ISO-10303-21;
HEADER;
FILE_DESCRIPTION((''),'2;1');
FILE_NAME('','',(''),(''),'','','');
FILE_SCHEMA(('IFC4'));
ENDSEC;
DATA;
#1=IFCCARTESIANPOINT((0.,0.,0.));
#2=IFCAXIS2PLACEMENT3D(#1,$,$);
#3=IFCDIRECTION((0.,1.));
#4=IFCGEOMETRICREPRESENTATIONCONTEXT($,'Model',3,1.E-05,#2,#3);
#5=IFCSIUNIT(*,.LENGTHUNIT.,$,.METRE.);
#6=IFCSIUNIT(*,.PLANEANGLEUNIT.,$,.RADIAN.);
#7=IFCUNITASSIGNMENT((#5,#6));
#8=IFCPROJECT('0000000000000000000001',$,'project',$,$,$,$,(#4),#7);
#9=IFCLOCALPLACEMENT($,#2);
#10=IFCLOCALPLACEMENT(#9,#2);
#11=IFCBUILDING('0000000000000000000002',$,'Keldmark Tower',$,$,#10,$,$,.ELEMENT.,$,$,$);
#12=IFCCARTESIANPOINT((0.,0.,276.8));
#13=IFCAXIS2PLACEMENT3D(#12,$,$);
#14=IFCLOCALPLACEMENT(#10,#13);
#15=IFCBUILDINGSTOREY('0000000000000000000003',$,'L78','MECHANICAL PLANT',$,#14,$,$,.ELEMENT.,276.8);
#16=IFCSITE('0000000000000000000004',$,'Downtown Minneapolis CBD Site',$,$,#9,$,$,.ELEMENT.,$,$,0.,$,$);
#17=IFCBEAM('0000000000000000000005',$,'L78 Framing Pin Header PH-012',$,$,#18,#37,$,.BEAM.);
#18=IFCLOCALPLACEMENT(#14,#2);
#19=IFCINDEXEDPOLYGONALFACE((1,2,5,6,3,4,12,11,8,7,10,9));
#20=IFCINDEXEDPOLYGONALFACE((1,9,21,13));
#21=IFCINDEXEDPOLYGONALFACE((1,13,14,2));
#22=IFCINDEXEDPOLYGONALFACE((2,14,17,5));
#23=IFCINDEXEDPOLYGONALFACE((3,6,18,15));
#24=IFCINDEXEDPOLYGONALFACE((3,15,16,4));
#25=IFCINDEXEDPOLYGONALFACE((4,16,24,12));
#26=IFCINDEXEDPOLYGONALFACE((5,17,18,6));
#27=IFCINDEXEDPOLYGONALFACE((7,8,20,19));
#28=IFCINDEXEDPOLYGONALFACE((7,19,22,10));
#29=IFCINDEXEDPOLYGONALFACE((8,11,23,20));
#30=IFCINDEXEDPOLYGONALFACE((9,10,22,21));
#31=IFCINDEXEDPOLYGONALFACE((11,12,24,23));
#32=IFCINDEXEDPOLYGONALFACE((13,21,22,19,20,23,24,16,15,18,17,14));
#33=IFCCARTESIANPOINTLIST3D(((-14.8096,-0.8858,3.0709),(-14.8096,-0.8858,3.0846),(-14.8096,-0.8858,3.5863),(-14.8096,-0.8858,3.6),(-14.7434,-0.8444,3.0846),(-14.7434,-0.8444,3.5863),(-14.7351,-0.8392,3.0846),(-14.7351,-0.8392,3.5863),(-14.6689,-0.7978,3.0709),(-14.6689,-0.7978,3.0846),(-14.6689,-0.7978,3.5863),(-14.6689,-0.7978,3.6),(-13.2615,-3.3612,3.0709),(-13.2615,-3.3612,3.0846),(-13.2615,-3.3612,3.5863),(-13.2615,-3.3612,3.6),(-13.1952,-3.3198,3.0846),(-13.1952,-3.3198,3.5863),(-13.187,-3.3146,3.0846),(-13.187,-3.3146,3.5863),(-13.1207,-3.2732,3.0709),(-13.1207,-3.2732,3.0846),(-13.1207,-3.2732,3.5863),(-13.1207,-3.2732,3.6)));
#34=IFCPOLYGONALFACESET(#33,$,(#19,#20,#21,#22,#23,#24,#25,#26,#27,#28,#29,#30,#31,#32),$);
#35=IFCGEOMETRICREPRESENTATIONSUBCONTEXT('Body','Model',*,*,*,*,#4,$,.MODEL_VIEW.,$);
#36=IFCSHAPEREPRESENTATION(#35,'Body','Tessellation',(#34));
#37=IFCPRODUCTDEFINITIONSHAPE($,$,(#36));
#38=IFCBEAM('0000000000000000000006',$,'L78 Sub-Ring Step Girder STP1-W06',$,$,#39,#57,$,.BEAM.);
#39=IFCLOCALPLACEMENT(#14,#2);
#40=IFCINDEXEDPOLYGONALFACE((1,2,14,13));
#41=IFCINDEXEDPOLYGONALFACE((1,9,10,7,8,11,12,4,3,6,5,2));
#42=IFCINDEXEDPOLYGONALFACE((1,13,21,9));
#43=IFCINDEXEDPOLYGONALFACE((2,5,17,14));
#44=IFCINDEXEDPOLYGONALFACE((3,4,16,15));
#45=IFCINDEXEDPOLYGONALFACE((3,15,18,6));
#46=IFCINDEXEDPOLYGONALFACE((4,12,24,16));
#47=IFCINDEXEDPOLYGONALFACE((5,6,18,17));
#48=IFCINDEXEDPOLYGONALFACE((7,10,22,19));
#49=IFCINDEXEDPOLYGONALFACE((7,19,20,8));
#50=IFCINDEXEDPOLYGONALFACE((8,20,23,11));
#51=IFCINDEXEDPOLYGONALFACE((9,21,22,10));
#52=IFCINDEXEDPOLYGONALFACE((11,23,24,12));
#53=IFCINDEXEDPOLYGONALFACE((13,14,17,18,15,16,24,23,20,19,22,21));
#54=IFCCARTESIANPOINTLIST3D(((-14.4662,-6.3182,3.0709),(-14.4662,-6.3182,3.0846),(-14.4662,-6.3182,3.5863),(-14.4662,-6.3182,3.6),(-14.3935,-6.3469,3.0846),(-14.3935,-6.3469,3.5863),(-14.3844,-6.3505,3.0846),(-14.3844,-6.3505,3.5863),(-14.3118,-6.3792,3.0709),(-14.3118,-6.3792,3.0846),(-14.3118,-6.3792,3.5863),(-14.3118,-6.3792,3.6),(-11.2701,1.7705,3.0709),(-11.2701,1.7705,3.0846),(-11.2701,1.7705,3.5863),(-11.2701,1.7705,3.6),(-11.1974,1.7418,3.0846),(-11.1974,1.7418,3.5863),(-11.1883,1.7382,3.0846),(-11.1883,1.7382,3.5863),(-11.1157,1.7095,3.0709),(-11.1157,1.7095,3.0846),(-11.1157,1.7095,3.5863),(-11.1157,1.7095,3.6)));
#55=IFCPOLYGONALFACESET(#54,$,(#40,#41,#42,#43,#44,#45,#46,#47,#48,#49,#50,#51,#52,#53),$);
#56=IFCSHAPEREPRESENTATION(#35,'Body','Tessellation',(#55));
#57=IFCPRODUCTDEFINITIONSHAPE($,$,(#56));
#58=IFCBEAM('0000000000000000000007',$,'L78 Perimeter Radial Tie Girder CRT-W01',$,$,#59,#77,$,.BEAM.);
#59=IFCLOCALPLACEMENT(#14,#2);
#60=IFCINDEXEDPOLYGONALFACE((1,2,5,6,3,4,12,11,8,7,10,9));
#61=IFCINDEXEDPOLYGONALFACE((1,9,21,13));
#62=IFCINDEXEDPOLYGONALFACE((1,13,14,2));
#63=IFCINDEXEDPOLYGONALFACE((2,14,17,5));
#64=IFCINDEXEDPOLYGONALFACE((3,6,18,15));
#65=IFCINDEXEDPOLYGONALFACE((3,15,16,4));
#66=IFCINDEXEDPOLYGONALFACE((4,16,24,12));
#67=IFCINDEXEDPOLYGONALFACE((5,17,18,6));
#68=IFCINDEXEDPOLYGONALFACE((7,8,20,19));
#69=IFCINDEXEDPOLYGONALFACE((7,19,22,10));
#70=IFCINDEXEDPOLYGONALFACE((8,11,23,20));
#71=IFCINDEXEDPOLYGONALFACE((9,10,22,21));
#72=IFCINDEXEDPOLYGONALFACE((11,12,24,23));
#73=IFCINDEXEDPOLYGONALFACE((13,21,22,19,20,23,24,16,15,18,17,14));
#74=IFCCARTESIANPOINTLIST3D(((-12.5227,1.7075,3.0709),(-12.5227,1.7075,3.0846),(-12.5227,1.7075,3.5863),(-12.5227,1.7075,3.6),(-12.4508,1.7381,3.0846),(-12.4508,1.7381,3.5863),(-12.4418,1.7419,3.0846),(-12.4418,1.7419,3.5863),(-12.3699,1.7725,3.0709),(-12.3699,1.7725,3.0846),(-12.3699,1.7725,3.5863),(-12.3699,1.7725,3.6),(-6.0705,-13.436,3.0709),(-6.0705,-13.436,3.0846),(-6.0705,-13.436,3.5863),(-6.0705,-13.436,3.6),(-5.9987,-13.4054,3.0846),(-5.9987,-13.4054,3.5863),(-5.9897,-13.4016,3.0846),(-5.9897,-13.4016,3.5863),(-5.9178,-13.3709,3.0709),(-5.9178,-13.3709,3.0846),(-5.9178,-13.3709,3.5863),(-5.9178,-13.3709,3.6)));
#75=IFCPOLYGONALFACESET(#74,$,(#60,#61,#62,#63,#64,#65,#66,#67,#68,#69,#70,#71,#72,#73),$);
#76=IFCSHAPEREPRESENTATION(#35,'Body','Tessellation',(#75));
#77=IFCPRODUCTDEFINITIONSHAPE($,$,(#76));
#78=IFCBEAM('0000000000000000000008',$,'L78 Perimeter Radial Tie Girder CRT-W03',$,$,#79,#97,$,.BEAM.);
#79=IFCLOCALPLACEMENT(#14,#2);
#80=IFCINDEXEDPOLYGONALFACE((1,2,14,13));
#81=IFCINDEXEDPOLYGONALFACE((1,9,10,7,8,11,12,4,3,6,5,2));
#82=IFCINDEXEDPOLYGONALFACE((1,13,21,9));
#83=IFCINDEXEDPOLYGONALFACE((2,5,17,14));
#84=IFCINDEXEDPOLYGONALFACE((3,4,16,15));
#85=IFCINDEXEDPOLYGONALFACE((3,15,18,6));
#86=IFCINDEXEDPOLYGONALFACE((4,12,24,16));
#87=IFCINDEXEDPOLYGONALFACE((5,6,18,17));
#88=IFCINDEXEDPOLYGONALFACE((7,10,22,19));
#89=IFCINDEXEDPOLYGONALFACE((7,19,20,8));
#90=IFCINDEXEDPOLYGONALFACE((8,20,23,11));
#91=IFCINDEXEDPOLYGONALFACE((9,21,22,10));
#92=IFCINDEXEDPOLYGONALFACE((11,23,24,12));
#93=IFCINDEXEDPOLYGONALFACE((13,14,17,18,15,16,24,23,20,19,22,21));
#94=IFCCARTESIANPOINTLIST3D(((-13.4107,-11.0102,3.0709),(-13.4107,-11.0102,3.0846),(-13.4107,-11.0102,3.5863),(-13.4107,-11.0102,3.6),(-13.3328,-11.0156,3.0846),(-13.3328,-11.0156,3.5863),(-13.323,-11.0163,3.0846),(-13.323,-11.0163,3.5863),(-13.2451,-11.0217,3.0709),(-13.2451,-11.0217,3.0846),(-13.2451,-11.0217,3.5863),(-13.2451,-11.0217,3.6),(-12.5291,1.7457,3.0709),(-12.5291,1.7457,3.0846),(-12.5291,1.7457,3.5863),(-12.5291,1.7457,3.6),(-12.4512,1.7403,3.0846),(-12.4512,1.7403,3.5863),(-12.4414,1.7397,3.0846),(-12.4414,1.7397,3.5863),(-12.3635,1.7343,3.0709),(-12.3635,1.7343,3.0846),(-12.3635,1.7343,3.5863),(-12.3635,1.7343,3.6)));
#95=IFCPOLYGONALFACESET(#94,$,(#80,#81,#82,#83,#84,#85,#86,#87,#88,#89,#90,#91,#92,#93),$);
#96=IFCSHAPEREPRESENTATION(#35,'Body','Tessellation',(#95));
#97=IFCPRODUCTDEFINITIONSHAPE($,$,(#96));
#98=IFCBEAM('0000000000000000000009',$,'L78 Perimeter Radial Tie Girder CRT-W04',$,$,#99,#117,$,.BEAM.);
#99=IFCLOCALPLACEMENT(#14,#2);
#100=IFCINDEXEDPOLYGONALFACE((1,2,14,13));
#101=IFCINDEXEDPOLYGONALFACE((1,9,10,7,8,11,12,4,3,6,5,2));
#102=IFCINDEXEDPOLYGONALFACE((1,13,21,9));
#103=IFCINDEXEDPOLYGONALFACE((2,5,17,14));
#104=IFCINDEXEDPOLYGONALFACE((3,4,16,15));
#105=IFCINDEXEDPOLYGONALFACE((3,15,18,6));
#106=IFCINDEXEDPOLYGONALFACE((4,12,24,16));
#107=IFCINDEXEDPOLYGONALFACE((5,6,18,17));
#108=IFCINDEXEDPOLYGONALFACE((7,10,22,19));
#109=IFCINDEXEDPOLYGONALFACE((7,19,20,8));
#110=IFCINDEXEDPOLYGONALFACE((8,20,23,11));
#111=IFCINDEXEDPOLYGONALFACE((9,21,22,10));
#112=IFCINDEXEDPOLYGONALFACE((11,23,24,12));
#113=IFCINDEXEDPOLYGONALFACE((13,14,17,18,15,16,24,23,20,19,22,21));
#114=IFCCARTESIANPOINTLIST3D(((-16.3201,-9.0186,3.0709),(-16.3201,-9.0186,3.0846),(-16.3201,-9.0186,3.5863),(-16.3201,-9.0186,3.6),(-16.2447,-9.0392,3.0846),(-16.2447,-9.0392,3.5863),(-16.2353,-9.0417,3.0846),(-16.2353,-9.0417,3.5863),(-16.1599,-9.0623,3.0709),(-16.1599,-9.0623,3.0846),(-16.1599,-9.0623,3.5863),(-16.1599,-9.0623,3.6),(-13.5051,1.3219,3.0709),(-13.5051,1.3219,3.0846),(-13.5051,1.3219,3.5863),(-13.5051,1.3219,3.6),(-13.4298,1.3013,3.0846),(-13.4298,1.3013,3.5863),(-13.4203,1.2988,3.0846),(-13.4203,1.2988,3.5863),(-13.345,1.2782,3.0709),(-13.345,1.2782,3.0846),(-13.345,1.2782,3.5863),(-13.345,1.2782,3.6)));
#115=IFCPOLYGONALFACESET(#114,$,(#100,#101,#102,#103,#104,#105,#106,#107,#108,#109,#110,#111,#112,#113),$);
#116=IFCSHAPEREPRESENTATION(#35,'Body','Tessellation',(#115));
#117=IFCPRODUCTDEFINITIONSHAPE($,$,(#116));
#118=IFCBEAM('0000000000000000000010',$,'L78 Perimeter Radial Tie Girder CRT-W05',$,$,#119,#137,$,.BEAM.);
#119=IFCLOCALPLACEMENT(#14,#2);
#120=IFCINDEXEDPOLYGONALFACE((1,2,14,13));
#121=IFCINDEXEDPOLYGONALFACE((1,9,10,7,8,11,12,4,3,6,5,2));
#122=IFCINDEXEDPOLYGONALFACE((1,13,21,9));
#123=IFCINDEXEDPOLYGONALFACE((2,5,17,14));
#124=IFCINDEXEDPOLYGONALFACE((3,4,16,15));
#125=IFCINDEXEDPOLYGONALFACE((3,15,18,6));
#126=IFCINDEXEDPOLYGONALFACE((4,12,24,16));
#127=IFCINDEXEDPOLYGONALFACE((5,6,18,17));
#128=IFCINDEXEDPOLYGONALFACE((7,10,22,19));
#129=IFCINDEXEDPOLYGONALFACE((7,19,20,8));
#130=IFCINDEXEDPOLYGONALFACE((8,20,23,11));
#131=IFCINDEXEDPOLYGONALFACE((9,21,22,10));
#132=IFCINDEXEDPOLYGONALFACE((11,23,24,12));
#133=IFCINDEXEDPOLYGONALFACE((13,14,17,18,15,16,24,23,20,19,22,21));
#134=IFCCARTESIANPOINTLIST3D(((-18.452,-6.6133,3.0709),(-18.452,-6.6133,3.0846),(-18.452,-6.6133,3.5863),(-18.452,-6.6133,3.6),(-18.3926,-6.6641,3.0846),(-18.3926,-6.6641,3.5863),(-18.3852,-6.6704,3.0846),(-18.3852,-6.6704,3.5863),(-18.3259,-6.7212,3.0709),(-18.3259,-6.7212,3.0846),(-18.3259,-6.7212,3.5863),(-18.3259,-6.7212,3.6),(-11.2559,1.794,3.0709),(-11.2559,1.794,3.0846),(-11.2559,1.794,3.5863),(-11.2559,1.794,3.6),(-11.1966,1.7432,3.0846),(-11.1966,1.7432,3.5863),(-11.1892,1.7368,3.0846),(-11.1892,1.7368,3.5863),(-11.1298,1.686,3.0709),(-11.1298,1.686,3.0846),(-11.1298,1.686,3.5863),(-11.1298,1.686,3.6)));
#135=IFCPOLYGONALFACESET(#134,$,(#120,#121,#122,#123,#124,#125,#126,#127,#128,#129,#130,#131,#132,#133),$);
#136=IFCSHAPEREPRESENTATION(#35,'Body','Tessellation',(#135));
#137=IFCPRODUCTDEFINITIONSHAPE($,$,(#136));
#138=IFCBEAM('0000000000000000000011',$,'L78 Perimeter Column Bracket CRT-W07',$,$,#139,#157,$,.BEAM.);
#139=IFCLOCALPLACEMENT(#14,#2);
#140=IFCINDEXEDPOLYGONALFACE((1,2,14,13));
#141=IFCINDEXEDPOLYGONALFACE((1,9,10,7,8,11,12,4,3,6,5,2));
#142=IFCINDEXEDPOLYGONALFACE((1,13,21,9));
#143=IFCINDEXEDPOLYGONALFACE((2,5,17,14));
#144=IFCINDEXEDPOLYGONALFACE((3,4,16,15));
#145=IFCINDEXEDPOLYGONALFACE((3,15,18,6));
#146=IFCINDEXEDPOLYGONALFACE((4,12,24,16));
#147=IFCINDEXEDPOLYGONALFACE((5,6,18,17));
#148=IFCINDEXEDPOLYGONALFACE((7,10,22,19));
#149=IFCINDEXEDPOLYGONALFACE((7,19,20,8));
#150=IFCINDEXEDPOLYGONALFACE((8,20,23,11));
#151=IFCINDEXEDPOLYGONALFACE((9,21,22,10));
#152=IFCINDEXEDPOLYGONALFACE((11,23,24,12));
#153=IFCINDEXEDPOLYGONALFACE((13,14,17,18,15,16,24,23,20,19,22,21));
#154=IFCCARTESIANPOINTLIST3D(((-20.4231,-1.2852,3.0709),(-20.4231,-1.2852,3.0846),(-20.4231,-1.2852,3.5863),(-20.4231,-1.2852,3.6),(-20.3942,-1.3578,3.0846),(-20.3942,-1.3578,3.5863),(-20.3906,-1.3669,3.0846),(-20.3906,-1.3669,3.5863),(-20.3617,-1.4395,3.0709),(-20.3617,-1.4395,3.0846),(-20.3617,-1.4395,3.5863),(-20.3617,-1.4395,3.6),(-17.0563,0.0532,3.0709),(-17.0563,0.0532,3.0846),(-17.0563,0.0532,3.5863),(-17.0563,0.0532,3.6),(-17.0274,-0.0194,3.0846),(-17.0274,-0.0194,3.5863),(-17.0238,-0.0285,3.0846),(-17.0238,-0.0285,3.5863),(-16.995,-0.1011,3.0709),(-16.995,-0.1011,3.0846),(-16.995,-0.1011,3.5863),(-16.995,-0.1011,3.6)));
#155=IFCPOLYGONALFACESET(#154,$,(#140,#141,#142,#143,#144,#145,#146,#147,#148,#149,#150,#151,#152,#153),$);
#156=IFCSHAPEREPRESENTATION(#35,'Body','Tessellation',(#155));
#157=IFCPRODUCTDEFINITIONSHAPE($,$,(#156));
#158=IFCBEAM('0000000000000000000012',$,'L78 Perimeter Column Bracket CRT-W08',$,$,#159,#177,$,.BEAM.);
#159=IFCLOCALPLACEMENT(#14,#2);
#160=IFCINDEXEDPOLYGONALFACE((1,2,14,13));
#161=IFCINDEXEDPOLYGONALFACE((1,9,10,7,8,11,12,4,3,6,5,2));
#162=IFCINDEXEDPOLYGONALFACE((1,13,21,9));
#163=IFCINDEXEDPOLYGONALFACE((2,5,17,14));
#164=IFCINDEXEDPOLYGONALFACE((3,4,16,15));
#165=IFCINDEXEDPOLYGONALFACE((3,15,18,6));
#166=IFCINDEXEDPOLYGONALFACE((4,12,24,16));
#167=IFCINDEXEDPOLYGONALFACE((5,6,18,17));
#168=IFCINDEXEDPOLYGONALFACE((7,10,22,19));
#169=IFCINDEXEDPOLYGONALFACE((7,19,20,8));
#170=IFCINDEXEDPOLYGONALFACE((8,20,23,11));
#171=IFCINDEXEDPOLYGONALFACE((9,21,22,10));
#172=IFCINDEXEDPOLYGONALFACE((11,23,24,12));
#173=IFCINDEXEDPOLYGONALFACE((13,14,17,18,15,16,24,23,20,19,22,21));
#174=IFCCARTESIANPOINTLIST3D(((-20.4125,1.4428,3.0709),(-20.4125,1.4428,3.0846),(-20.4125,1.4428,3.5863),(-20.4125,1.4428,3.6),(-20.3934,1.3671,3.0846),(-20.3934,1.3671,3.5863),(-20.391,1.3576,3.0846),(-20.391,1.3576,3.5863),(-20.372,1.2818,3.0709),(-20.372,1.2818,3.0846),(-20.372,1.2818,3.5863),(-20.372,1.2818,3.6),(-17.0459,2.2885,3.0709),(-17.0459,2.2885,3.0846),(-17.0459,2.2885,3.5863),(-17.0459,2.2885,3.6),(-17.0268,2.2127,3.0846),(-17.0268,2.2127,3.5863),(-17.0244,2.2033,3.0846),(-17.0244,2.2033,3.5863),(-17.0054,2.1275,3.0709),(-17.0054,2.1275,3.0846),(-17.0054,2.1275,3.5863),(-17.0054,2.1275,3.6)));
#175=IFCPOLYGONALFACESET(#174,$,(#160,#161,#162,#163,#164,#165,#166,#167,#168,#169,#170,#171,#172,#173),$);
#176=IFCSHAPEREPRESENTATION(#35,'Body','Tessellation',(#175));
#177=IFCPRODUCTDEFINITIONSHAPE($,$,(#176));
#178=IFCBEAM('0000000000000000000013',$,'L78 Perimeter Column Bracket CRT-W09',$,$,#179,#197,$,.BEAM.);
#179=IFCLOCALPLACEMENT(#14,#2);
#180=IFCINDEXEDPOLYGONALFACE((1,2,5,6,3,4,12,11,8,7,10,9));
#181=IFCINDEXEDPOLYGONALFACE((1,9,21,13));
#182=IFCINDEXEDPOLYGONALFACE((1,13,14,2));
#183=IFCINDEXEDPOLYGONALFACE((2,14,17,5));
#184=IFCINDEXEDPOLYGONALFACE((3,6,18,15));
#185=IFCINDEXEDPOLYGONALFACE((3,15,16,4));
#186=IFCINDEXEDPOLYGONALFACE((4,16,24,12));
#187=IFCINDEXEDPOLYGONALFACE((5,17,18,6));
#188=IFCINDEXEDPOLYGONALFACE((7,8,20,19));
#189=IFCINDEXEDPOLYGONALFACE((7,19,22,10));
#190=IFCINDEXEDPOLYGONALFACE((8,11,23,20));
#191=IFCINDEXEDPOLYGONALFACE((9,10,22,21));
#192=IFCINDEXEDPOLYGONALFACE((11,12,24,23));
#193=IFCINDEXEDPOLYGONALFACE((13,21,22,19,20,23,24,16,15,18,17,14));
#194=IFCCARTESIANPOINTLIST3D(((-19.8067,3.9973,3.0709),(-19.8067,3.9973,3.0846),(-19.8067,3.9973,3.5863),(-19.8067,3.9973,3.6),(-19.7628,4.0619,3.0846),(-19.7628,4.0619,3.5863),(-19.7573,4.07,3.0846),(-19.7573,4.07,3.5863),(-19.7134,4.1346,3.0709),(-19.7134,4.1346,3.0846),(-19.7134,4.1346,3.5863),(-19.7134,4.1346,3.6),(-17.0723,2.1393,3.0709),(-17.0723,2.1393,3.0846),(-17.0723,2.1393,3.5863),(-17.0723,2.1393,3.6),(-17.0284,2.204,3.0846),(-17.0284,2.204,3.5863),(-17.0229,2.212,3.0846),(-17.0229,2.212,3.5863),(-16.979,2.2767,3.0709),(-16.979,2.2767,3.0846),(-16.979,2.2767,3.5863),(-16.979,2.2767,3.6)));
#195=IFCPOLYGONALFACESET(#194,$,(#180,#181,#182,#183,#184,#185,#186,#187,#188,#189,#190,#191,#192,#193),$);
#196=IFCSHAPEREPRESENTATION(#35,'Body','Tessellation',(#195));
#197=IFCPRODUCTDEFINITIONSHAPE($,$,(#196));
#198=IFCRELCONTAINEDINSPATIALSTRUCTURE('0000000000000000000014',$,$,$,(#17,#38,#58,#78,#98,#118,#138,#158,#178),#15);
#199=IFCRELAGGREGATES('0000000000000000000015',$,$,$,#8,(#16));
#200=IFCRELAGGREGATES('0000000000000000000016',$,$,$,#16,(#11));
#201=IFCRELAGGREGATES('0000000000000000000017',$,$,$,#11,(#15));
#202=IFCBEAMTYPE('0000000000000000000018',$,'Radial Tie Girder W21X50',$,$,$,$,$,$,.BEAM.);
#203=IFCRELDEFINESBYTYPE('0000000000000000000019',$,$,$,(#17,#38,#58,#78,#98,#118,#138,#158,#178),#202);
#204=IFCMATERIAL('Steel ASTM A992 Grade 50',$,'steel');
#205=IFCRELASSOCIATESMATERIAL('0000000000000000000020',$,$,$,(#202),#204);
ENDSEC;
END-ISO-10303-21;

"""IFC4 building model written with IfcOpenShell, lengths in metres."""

from ifc_helpers import new_model, si_unit, direction, frame, origin, origin_2d, place, context, subcontext, project, spatial, i_section, extrude, material, material_profile, profile_set, type_object, element, save


model = new_model("IFC4")

# Units and contexts
model_context = context("Model", 3, precision=1e-05, world=origin(), true_north=direction((0.0, 1.0)))
body_context = subcontext(model_context, "Body", "Model", "MODEL_VIEW")
ifc_project = project(units=[si_unit("LENGTHUNIT", "METRE"), si_unit("PLANEANGLEUNIT", "RADIAN")], contexts=[model_context])

# Site, building, storey
site_placement = place(None, origin())
site = spatial("IfcSite", under=ifc_project, at=site_placement, Name="Downtown Minneapolis CBD Site", CompositionType="ELEMENT", RefElevation=0.0)
building_placement = place(site_placement, origin())
building = spatial("IfcBuilding", under=site, at=building_placement, Name="Keldmark Tower", CompositionType="ELEMENT")
storey_placement = place(building_placement, frame((0.0, 0.0, 276.8)))
storey = spatial("IfcBuildingStorey", under=building, at=storey_placement, Name="L78", Description="MECHANICAL PLANT", CompositionType="ELEMENT", Elevation=276.8)

# Beams
ifc_material_1 = material(Name="Steel ASTM A992 Grade 50", Category="steel")
ifc_material_profile_1 = material_profile(ifc_material_1, i_section(OverallWidth=0.166, OverallDepth=0.5291, WebThickness=0.0098, FlangeThickness=0.0137, at=origin_2d()), Name="W21X50")
ifc_profile_set_1 = profile_set([ifc_material_profile_1], Name="Steel ASTM A992 Grade 50")
beam_type_1 = type_object("IfcBeamType", Name="Radial Tie Girder W21X50", PredefinedType="BEAM", material=ifc_profile_set_1)
beam_1_placement = place(storey_placement, frame((-14.7393, -0.8418, 3.3354), z_axis=(0.530247, -0.847843, 0.0), x_axis=(0.847843, 0.530247, 0.0)))
element("IfcBeam", 1, at=beam_1_placement, inside=storey, type_object=beam_type_1, Name="L78 Framing Pin Header PH-012", PredefinedType="BEAM", context=body_context, shape_type="SweptSolid", body=[
    extrude(i_section(OverallWidth=0.166, OverallDepth=0.5291, WebThickness=0.0098, FlangeThickness=0.0137, at=origin_2d()), origin(), (0.0, 0.0, 1.0), 2.9197),
])
beam_2_placement = place(storey_placement, frame((-11.1929, 1.74, 3.3354), z_axis=(-0.367482, -0.930031, 0.0), x_axis=(0.930031, -0.367482, 0.0)))
element("IfcBeam", 2, at=beam_2_placement, inside=storey, type_object=beam_type_1, Name="L78 Sub-Ring Step Girder STP1-W06", PredefinedType="BEAM", context=body_context, shape_type="SweptSolid", body=[
    extrude(i_section(OverallWidth=0.166, OverallDepth=0.5291, WebThickness=0.0098, FlangeThickness=0.0137, at=origin_2d()), origin(), (0.0, 0.0, 1.0), 8.6973),
])
beam_3_placement = place(storey_placement, frame((-12.4463, 1.74, 3.3354), z_axis=(0.391971, -0.919978, 0.0), x_axis=(0.919978, 0.391971, 0.0)))
element("IfcBeam", 3, at=beam_3_placement, inside=storey, type_object=beam_type_1, Name="L78 Perimeter Radial Tie Girder CRT-W01", PredefinedType="BEAM", context=body_context, shape_type="SweptSolid", body=[
    extrude(i_section(OverallWidth=0.166, OverallDepth=0.5291, WebThickness=0.0098, FlangeThickness=0.0137, at=origin_2d()), origin(), (0.0, 0.0, 1.0), 16.4607),
])
beam_4_placement = place(storey_placement, frame((-12.4463, 1.74, 3.3354), z_axis=(-0.068948, -0.99762, 0.0), x_axis=(0.99762, -0.068948, 0.0)))
element("IfcBeam", 4, at=beam_4_placement, inside=storey, type_object=beam_type_1, Name="L78 Perimeter Radial Tie Girder CRT-W03", PredefinedType="BEAM", context=body_context, shape_type="SweptSolid", body=[
    extrude(i_section(OverallWidth=0.166, OverallDepth=0.5291, WebThickness=0.0098, FlangeThickness=0.0137, at=origin_2d()), origin(), (0.0, 0.0, 1.0), 12.7864),
])
beam_5_placement = place(storey_placement, frame((-13.425, 1.3, 3.3354), z_axis=(-0.262664, -0.964887, 0.0), x_axis=(0.964887, -0.262664, 0.0)))
element("IfcBeam", 5, at=beam_5_placement, inside=storey, type_object=beam_type_1, Name="L78 Perimeter Radial Tie Girder CRT-W04", PredefinedType="BEAM", context=body_context, shape_type="SweptSolid", body=[
    extrude(i_section(OverallWidth=0.166, OverallDepth=0.5291, WebThickness=0.0098, FlangeThickness=0.0137, at=origin_2d()), origin(), (0.0, 0.0, 1.0), 10.7168),
])
beam_6_placement = place(storey_placement, frame((-11.1929, 1.74, 3.3354), z_axis=(-0.650263, -0.75971, 0.0), x_axis=(0.75971, -0.650263, 0.0)))
element("IfcBeam", 6, at=beam_6_placement, inside=storey, type_object=beam_type_1, Name="L78 Perimeter Radial Tie Girder CRT-W05", PredefinedType="BEAM", context=body_context, shape_type="SweptSolid", body=[
    extrude(i_section(OverallWidth=0.166, OverallDepth=0.5291, WebThickness=0.0098, FlangeThickness=0.0137, at=origin_2d()), origin(), (0.0, 0.0, 1.0), 11.0664),
])
beam_7_placement = place(storey_placement, frame((-17.0256, -0.0239, 3.3354), z_axis=(-0.929265, -0.369415, 0.0), x_axis=(0.369415, -0.929265, 0.0)))
element("IfcBeam", 7, at=beam_7_placement, inside=storey, type_object=beam_type_1, Name="L78 Perimeter Column Bracket CRT-W07", PredefinedType="BEAM", context=body_context, shape_type="SweptSolid", body=[
    extrude(i_section(OverallWidth=0.166, OverallDepth=0.5291, WebThickness=0.0098, FlangeThickness=0.0137, at=origin_2d()), origin(), (0.0, 0.0, 1.0), 3.623),
])
beam_8_placement = place(storey_placement, frame((-17.0256, 2.208, 3.3354), z_axis=(-0.969869, -0.243628, 0.0), x_axis=(0.243628, -0.969869, 0.0)))
element("IfcBeam", 8, at=beam_8_placement, inside=storey, type_object=beam_type_1, Name="L78 Perimeter Column Bracket CRT-W08", PredefinedType="BEAM", context=body_context, shape_type="SweptSolid", body=[
    extrude(i_section(OverallWidth=0.166, OverallDepth=0.5291, WebThickness=0.0098, FlangeThickness=0.0137, at=origin_2d()), origin(), (0.0, 0.0, 1.0), 3.4712),
])
beam_9_placement = place(storey_placement, frame((-17.0256, 2.208, 3.3354), z_axis=(-0.827132, 0.562007, 0.0), x_axis=(-0.562007, -0.827132, 0.0)))
element("IfcBeam", 9, at=beam_9_placement, inside=storey, type_object=beam_type_1, Name="L78 Perimeter Column Bracket CRT-W09", PredefinedType="BEAM", context=body_context, shape_type="SweptSolid", body=[
    extrude(i_section(OverallWidth=0.166, OverallDepth=0.5291, WebThickness=0.0098, FlangeThickness=0.0137, at=origin_2d()), origin(), (0.0, 0.0, 1.0), 3.3059),
])

save(model, "model.ifc")
